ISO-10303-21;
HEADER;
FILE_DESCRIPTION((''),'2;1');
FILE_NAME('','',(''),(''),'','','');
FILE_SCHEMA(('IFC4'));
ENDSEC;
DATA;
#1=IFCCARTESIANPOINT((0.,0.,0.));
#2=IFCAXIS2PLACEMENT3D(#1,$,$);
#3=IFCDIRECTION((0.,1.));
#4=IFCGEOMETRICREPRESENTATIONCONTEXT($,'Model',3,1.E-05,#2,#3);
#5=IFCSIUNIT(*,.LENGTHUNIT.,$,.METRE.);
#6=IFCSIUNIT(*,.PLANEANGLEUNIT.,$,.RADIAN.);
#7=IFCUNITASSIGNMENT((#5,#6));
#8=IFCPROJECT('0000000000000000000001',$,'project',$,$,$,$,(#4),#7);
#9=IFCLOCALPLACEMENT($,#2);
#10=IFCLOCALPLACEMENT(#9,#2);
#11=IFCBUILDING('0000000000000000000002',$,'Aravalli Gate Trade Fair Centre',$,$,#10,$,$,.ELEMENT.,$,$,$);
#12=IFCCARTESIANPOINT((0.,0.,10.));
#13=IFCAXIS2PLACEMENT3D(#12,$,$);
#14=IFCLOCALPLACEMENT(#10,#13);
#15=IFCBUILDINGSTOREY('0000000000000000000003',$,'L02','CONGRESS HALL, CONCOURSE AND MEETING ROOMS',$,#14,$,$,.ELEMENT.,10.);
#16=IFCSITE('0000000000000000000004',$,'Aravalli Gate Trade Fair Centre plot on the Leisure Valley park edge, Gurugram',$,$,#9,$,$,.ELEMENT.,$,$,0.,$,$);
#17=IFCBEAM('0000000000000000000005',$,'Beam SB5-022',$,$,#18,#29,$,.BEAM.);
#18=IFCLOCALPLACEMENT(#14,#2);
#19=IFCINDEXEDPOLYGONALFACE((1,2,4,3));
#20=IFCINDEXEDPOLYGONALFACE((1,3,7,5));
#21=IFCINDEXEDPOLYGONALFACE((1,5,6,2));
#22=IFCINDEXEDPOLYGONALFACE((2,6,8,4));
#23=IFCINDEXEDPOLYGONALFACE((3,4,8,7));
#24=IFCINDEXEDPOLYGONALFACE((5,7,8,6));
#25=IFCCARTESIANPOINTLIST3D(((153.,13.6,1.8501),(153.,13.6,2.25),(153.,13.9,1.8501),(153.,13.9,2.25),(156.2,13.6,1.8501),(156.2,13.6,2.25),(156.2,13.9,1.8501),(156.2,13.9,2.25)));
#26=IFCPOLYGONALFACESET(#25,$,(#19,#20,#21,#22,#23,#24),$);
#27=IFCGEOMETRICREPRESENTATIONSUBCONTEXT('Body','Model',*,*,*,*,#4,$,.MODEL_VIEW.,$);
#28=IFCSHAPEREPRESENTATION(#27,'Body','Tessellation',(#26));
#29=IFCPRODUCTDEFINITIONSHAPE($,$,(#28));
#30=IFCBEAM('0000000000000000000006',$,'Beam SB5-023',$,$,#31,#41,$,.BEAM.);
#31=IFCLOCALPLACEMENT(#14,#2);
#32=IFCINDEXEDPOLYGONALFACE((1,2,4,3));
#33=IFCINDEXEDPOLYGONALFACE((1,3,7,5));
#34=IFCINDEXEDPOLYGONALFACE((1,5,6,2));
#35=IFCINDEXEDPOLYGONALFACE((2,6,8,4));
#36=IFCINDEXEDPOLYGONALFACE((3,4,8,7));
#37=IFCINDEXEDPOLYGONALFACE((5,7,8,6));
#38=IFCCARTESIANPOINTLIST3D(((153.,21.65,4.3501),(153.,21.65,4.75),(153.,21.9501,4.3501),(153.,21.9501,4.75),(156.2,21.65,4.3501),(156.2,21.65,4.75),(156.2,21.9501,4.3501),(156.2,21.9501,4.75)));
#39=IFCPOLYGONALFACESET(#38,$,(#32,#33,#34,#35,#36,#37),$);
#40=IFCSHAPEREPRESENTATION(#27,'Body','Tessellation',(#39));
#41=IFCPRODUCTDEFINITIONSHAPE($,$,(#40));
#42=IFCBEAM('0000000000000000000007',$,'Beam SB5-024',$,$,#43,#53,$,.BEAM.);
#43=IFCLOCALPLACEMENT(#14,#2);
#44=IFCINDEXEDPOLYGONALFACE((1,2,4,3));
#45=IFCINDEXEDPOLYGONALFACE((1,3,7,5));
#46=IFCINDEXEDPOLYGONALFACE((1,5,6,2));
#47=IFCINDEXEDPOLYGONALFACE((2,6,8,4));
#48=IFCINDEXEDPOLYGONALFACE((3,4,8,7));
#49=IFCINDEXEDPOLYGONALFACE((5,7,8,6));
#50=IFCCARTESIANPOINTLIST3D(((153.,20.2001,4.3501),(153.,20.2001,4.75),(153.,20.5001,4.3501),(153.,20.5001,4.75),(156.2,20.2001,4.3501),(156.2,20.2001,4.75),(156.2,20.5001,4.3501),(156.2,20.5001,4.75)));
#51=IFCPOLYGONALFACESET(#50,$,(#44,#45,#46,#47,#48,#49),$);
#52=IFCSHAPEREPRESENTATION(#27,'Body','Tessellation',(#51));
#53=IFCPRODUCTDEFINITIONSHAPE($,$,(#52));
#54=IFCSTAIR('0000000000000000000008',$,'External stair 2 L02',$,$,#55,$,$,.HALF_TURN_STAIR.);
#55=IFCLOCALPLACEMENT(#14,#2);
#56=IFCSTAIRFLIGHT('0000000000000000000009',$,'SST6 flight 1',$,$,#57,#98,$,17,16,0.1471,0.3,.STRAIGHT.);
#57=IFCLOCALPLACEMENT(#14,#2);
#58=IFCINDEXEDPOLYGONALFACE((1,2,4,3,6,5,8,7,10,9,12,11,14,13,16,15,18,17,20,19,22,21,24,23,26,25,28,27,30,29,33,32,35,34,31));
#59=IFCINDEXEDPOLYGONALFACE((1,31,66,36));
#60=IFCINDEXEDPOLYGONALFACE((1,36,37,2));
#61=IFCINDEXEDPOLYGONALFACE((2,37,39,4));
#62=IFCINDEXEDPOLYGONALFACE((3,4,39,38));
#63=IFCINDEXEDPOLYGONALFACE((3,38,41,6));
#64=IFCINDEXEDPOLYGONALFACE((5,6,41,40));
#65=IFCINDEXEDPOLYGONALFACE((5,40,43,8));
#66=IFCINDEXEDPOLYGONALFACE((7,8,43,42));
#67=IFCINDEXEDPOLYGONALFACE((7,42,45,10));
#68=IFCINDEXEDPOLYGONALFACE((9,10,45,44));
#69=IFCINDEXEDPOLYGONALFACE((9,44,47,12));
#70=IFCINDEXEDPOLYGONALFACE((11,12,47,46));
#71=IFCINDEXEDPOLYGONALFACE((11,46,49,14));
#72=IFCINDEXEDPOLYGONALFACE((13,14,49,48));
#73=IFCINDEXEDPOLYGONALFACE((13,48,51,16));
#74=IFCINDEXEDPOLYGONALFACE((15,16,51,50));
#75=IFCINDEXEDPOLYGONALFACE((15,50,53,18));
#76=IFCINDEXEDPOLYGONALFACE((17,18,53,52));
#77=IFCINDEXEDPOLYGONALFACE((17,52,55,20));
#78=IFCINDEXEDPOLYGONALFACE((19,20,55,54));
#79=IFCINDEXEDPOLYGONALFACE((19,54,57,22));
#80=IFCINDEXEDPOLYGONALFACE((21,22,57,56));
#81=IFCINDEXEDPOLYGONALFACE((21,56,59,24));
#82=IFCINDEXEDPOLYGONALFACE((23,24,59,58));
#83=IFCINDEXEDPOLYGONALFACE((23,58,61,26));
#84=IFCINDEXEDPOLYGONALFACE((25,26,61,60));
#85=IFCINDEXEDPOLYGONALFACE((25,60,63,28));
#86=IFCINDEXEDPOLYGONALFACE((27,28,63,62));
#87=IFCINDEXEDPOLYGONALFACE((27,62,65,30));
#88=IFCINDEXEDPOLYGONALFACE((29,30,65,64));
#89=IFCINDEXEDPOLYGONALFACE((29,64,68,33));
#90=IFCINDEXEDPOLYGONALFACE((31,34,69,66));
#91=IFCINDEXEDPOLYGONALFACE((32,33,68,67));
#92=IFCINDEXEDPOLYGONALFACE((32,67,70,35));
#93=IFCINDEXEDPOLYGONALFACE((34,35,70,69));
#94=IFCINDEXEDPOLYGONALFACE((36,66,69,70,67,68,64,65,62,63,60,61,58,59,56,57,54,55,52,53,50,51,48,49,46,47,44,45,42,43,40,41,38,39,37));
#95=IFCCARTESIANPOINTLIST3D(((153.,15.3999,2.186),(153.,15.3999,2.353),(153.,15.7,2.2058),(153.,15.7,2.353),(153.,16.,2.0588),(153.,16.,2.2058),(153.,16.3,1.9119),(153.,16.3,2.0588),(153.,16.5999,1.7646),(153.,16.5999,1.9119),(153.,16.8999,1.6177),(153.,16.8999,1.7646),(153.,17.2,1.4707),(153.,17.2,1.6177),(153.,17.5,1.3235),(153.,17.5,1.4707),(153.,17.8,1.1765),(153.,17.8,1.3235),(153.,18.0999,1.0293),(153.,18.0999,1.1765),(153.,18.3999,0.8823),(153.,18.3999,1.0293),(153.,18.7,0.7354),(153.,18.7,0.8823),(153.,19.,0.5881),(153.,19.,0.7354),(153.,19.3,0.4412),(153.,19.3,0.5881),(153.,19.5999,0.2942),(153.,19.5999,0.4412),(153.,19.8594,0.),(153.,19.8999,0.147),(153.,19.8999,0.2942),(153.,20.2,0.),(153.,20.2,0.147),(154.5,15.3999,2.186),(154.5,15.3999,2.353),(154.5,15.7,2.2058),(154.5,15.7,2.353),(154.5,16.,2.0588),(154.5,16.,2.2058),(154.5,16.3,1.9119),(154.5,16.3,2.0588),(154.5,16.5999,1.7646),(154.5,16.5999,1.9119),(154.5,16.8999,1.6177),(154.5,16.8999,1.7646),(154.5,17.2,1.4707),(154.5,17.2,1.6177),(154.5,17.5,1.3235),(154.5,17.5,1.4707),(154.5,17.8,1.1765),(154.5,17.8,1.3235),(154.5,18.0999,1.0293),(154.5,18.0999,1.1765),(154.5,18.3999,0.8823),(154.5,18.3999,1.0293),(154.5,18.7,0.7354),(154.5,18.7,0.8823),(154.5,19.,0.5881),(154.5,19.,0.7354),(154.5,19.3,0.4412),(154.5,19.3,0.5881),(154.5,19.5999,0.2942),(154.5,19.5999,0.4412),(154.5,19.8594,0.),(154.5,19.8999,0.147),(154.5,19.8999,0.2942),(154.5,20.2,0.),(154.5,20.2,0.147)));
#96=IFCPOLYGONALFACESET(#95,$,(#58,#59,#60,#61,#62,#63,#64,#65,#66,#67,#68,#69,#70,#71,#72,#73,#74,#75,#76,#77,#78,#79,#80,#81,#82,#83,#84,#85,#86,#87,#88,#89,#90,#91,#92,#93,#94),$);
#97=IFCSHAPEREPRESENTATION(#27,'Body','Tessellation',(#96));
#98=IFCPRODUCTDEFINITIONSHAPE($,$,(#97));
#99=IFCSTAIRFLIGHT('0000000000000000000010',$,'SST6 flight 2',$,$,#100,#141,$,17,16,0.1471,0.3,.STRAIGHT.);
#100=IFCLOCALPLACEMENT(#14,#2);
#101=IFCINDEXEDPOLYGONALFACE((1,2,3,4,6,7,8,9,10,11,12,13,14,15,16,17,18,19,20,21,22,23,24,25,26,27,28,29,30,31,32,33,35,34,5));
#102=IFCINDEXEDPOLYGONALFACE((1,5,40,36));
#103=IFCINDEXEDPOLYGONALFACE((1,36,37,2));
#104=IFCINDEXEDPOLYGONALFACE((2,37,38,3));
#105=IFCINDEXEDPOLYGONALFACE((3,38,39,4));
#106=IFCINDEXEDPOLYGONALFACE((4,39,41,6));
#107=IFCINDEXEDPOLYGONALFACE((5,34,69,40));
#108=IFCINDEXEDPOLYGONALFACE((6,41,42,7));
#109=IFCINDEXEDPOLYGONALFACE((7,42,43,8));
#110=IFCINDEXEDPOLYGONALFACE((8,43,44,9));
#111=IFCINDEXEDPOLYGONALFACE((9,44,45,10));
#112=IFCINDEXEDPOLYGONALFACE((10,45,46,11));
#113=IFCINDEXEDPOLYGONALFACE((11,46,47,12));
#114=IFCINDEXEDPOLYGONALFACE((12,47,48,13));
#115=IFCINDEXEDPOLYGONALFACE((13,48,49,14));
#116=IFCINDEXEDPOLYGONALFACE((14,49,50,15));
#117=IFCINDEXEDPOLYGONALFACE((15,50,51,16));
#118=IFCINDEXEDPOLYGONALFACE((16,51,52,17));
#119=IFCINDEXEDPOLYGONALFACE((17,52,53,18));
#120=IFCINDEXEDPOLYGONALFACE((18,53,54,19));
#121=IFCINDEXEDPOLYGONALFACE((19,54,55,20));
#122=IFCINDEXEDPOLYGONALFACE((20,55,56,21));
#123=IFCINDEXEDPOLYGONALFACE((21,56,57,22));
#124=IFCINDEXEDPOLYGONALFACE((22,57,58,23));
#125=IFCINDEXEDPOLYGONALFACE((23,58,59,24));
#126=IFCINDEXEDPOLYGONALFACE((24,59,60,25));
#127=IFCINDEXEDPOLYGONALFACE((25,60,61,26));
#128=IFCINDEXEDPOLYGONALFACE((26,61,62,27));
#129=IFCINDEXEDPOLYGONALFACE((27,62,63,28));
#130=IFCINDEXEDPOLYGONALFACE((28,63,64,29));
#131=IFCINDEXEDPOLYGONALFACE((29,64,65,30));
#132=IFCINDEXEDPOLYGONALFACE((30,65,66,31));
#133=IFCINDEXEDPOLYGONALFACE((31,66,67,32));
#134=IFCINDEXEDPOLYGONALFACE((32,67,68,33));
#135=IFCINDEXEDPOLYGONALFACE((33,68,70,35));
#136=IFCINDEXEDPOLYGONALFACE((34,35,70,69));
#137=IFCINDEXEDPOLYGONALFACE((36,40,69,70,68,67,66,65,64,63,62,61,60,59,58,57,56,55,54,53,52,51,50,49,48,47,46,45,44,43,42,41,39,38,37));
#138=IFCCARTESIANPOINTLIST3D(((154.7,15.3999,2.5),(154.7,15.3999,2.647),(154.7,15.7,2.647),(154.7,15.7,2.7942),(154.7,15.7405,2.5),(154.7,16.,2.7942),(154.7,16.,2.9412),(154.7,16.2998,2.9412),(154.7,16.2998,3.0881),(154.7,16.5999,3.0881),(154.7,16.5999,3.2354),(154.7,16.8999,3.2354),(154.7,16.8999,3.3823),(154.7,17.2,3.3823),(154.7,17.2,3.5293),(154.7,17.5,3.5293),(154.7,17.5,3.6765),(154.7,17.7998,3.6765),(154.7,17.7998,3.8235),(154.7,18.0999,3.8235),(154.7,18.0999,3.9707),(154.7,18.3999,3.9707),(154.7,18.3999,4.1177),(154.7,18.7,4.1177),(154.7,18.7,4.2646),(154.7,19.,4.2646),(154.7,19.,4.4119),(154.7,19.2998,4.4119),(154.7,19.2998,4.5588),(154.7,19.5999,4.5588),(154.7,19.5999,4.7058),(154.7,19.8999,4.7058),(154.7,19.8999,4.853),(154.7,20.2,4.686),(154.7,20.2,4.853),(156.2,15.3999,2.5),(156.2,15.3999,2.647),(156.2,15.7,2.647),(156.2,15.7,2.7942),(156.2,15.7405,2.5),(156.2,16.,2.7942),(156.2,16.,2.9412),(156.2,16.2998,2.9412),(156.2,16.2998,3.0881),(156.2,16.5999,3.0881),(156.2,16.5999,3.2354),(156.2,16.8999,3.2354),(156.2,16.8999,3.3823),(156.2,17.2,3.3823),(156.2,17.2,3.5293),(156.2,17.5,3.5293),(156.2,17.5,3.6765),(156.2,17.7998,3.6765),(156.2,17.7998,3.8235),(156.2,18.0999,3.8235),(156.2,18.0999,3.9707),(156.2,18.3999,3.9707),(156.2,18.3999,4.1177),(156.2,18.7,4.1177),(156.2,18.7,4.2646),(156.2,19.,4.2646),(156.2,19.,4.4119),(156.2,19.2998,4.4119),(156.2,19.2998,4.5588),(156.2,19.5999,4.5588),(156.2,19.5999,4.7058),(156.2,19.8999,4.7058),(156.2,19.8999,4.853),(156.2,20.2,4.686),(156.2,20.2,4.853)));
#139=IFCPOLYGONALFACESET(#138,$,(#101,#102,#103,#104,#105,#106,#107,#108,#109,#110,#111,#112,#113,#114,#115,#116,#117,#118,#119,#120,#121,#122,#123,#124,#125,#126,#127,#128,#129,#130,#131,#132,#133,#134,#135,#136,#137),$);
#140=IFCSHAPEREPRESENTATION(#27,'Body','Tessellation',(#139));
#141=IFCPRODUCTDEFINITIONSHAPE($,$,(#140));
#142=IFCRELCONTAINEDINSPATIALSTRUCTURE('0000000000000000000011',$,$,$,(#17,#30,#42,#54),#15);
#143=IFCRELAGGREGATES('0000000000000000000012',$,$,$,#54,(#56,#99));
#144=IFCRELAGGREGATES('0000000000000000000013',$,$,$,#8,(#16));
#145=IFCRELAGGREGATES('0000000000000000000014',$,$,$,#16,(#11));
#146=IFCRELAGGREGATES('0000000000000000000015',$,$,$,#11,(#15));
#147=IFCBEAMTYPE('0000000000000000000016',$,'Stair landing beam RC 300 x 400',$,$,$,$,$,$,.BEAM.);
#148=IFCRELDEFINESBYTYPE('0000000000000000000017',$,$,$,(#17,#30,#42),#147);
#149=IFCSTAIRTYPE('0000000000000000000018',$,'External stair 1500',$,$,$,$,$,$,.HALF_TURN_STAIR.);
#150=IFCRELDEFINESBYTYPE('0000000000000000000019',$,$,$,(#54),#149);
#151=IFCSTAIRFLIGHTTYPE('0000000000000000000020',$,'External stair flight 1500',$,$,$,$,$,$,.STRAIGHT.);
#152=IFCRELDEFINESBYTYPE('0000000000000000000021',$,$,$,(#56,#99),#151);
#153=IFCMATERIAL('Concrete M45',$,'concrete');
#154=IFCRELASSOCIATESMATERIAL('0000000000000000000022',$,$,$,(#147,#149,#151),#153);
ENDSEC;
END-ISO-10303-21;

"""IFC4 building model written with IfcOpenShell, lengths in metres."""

from ifc_helpers import new_model, si_unit, direction, frame, origin, origin_2d, place, context, subcontext, project, spatial, polyline, rectangle, outline, extrude, material, material_profile, profile_set, type_object, element, aggregate, save


model = new_model("IFC4")

# Units and contexts
model_context = context("Model", 3, precision=1e-05, world=origin(), true_north=direction((0.0, 1.0)))
body_context = subcontext(model_context, "Body", "Model", "MODEL_VIEW")
ifc_project = project(units=[si_unit("LENGTHUNIT", "METRE"), si_unit("PLANEANGLEUNIT", "RADIAN")], contexts=[model_context])

# Site, building, storey
site_placement = place(None, origin())
site = spatial("IfcSite", under=ifc_project, at=site_placement, Name="Aravalli Gate Trade Fair Centre plot on the Leisure Valley park edge, Gurugram", CompositionType="ELEMENT", RefElevation=0.0)
building_placement = place(site_placement, origin())
building = spatial("IfcBuilding", under=site, at=building_placement, Name="Aravalli Gate Trade Fair Centre", CompositionType="ELEMENT")
storey_placement = place(building_placement, frame((0.0, 0.0, 10.0)))
storey = spatial("IfcBuildingStorey", under=building, at=storey_placement, Name="L02", Description="CONGRESS HALL, CONCOURSE AND MEETING ROOMS", CompositionType="ELEMENT", Elevation=10.0)

# Shared definitions
ifc_material_1 = material(Name="Concrete M45", Category="concrete")

# Beams
ifc_material_profile_1 = material_profile(ifc_material_1, rectangle(XDim=0.3, YDim=0.3999, at=origin_2d()), Name="Stair landing beam RC 300 x 400")
ifc_profile_set_1 = profile_set([ifc_material_profile_1], Name="Concrete M45")
beam_type_1 = type_object("IfcBeamType", Name="Stair landing beam RC 300 x 400", PredefinedType="BEAM", material=ifc_profile_set_1)
for number, where, z_axis, x_axis, name in (
    (1, (153.0, 13.75, 2.05), (1.0, 0.0, 0.0), (0.0, 1.0, 0.0), "Beam SB5-022"),
    (2, (153.0, 21.8, 4.55), (1.0, 0.0, 0.0), (0.0, 1.0, 0.0), "Beam SB5-023"),
    (3, (153.0, 20.3501, 4.55), (1.0, 0.0, 0.0), (0.0, 1.0, 0.0), "Beam SB5-024"),
):
    element("IfcBeam", number, at=place(storey_placement, frame(where, z_axis=z_axis, x_axis=x_axis)), inside=storey, type_object=beam_type_1, Name=name, PredefinedType="BEAM", context=body_context, shape_type="SweptSolid", body=[
        extrude(rectangle(XDim=0.3, YDim=0.3999, at=origin_2d()), origin(), (0.0, 0.0, 1.0), 3.2),
    ])

# Stair, stair flights
stair_type = type_object("IfcStairType", Name="External stair 1500", PredefinedType="HALF_TURN_STAIR", material=ifc_material_1)
stair_placement = place(storey_placement, origin())
stair = element("IfcStair", 4, at=stair_placement, inside=storey, type_object=stair_type, Name="External stair 2 L02", PredefinedType="HALF_TURN_STAIR")
stair_flight_type = type_object("IfcStairFlightType", Name="External stair flight 1500", PredefinedType="STRAIGHT", material=ifc_material_1)
stair_flight_1_placement = place(storey_placement, frame((153.75, 20.2, 0.0), z_axis=(0.0, 0.0, 1.0), x_axis=(0.0, -1.0, 0.0)))
stair_flight_1 = element("IfcStairFlight", 5, at=stair_flight_1_placement, type_object=stair_flight_type, Name="SST6 flight 1", NumberOfRisers=17, NumberOfTreads=16, PredefinedType="STRAIGHT", RiserHeight=0.1471, TreadLength=0.3, context=body_context, shape_type="SweptSolid", body=[
    extrude(outline(polyline([(0.0, 0.0), (0.0, 0.147), (0.3, 0.147), (0.3, 0.2942), (0.6001, 0.2942), (0.6001, 0.4412), (0.8999, 0.4412), (0.8999, 0.5881), (1.2, 0.5881), (1.2, 0.7354), (1.5, 0.7354), (1.5, 0.8823), (1.8, 0.8823), (1.8, 1.0293), (2.1001, 1.0293), (2.1001, 1.1765), (2.3999, 1.1765), (2.3999, 1.3235), (2.7, 1.3235), (2.7, 1.4707), (3.0, 1.4707), (3.0, 1.6177), (3.3, 1.6177), (3.3, 1.7646), (3.6001, 1.7646), (3.6001, 1.9119), (3.8999, 1.9119), (3.8999, 2.0588), (4.2, 2.0588), (4.2, 2.2058), (4.5, 2.2058), (4.5, 2.353), (4.8, 2.353), (4.8, 2.5), (4.8, 2.186), (0.3406, 0.0), (0.0, 0.0)])), frame((0.0, 0.75, 0.0), z_axis=(0.0, -1.0, 0.0), x_axis=(1.0, 0.0, 0.0)), (0.0, 0.0, 1.0), 1.5),
])
stair_flight_2_placement = place(storey_placement, frame((155.45, 15.3999, 2.5), z_axis=(0.0, 0.0, 1.0), x_axis=(0.0, 1.0, 0.0)))
stair_flight_2 = element("IfcStairFlight", 6, at=stair_flight_2_placement, type_object=stair_flight_type, Name="SST6 flight 2", NumberOfRisers=17, NumberOfTreads=16, PredefinedType="STRAIGHT", RiserHeight=0.1471, TreadLength=0.3, context=body_context, shape_type="SweptSolid", body=[
    extrude(outline(polyline([(0.0, 0.0), (0.0, 0.147), (0.3, 0.147), (0.3, 0.2942), (0.6001, 0.2942), (0.6001, 0.4412), (0.8999, 0.4412), (0.8999, 0.5881), (1.2, 0.5881), (1.2, 0.7354), (1.5, 0.7354), (1.5, 0.8823), (1.8, 0.8823), (1.8, 1.0293), (2.1001, 1.0293), (2.1001, 1.1765), (2.3999, 1.1765), (2.3999, 1.3235), (2.7, 1.3235), (2.7, 1.4707), (3.0, 1.4707), (3.0, 1.6177), (3.3, 1.6177), (3.3, 1.7646), (3.6001, 1.7646), (3.6001, 1.9119), (3.8999, 1.9119), (3.8999, 2.0588), (4.2, 2.0588), (4.2, 2.2058), (4.5, 2.2058), (4.5, 2.353), (4.8, 2.353), (4.8, 2.5), (4.8, 2.186), (0.3406, 0.0), (0.0, 0.0)])), frame((0.0, 0.75, 0.0), z_axis=(0.0, -1.0, 0.0), x_axis=(1.0, 0.0, 0.0)), (0.0, 0.0, 1.0), 1.5),
])
aggregate(stair, [stair_flight_1, stair_flight_2])

save(model, "model.ifc")
